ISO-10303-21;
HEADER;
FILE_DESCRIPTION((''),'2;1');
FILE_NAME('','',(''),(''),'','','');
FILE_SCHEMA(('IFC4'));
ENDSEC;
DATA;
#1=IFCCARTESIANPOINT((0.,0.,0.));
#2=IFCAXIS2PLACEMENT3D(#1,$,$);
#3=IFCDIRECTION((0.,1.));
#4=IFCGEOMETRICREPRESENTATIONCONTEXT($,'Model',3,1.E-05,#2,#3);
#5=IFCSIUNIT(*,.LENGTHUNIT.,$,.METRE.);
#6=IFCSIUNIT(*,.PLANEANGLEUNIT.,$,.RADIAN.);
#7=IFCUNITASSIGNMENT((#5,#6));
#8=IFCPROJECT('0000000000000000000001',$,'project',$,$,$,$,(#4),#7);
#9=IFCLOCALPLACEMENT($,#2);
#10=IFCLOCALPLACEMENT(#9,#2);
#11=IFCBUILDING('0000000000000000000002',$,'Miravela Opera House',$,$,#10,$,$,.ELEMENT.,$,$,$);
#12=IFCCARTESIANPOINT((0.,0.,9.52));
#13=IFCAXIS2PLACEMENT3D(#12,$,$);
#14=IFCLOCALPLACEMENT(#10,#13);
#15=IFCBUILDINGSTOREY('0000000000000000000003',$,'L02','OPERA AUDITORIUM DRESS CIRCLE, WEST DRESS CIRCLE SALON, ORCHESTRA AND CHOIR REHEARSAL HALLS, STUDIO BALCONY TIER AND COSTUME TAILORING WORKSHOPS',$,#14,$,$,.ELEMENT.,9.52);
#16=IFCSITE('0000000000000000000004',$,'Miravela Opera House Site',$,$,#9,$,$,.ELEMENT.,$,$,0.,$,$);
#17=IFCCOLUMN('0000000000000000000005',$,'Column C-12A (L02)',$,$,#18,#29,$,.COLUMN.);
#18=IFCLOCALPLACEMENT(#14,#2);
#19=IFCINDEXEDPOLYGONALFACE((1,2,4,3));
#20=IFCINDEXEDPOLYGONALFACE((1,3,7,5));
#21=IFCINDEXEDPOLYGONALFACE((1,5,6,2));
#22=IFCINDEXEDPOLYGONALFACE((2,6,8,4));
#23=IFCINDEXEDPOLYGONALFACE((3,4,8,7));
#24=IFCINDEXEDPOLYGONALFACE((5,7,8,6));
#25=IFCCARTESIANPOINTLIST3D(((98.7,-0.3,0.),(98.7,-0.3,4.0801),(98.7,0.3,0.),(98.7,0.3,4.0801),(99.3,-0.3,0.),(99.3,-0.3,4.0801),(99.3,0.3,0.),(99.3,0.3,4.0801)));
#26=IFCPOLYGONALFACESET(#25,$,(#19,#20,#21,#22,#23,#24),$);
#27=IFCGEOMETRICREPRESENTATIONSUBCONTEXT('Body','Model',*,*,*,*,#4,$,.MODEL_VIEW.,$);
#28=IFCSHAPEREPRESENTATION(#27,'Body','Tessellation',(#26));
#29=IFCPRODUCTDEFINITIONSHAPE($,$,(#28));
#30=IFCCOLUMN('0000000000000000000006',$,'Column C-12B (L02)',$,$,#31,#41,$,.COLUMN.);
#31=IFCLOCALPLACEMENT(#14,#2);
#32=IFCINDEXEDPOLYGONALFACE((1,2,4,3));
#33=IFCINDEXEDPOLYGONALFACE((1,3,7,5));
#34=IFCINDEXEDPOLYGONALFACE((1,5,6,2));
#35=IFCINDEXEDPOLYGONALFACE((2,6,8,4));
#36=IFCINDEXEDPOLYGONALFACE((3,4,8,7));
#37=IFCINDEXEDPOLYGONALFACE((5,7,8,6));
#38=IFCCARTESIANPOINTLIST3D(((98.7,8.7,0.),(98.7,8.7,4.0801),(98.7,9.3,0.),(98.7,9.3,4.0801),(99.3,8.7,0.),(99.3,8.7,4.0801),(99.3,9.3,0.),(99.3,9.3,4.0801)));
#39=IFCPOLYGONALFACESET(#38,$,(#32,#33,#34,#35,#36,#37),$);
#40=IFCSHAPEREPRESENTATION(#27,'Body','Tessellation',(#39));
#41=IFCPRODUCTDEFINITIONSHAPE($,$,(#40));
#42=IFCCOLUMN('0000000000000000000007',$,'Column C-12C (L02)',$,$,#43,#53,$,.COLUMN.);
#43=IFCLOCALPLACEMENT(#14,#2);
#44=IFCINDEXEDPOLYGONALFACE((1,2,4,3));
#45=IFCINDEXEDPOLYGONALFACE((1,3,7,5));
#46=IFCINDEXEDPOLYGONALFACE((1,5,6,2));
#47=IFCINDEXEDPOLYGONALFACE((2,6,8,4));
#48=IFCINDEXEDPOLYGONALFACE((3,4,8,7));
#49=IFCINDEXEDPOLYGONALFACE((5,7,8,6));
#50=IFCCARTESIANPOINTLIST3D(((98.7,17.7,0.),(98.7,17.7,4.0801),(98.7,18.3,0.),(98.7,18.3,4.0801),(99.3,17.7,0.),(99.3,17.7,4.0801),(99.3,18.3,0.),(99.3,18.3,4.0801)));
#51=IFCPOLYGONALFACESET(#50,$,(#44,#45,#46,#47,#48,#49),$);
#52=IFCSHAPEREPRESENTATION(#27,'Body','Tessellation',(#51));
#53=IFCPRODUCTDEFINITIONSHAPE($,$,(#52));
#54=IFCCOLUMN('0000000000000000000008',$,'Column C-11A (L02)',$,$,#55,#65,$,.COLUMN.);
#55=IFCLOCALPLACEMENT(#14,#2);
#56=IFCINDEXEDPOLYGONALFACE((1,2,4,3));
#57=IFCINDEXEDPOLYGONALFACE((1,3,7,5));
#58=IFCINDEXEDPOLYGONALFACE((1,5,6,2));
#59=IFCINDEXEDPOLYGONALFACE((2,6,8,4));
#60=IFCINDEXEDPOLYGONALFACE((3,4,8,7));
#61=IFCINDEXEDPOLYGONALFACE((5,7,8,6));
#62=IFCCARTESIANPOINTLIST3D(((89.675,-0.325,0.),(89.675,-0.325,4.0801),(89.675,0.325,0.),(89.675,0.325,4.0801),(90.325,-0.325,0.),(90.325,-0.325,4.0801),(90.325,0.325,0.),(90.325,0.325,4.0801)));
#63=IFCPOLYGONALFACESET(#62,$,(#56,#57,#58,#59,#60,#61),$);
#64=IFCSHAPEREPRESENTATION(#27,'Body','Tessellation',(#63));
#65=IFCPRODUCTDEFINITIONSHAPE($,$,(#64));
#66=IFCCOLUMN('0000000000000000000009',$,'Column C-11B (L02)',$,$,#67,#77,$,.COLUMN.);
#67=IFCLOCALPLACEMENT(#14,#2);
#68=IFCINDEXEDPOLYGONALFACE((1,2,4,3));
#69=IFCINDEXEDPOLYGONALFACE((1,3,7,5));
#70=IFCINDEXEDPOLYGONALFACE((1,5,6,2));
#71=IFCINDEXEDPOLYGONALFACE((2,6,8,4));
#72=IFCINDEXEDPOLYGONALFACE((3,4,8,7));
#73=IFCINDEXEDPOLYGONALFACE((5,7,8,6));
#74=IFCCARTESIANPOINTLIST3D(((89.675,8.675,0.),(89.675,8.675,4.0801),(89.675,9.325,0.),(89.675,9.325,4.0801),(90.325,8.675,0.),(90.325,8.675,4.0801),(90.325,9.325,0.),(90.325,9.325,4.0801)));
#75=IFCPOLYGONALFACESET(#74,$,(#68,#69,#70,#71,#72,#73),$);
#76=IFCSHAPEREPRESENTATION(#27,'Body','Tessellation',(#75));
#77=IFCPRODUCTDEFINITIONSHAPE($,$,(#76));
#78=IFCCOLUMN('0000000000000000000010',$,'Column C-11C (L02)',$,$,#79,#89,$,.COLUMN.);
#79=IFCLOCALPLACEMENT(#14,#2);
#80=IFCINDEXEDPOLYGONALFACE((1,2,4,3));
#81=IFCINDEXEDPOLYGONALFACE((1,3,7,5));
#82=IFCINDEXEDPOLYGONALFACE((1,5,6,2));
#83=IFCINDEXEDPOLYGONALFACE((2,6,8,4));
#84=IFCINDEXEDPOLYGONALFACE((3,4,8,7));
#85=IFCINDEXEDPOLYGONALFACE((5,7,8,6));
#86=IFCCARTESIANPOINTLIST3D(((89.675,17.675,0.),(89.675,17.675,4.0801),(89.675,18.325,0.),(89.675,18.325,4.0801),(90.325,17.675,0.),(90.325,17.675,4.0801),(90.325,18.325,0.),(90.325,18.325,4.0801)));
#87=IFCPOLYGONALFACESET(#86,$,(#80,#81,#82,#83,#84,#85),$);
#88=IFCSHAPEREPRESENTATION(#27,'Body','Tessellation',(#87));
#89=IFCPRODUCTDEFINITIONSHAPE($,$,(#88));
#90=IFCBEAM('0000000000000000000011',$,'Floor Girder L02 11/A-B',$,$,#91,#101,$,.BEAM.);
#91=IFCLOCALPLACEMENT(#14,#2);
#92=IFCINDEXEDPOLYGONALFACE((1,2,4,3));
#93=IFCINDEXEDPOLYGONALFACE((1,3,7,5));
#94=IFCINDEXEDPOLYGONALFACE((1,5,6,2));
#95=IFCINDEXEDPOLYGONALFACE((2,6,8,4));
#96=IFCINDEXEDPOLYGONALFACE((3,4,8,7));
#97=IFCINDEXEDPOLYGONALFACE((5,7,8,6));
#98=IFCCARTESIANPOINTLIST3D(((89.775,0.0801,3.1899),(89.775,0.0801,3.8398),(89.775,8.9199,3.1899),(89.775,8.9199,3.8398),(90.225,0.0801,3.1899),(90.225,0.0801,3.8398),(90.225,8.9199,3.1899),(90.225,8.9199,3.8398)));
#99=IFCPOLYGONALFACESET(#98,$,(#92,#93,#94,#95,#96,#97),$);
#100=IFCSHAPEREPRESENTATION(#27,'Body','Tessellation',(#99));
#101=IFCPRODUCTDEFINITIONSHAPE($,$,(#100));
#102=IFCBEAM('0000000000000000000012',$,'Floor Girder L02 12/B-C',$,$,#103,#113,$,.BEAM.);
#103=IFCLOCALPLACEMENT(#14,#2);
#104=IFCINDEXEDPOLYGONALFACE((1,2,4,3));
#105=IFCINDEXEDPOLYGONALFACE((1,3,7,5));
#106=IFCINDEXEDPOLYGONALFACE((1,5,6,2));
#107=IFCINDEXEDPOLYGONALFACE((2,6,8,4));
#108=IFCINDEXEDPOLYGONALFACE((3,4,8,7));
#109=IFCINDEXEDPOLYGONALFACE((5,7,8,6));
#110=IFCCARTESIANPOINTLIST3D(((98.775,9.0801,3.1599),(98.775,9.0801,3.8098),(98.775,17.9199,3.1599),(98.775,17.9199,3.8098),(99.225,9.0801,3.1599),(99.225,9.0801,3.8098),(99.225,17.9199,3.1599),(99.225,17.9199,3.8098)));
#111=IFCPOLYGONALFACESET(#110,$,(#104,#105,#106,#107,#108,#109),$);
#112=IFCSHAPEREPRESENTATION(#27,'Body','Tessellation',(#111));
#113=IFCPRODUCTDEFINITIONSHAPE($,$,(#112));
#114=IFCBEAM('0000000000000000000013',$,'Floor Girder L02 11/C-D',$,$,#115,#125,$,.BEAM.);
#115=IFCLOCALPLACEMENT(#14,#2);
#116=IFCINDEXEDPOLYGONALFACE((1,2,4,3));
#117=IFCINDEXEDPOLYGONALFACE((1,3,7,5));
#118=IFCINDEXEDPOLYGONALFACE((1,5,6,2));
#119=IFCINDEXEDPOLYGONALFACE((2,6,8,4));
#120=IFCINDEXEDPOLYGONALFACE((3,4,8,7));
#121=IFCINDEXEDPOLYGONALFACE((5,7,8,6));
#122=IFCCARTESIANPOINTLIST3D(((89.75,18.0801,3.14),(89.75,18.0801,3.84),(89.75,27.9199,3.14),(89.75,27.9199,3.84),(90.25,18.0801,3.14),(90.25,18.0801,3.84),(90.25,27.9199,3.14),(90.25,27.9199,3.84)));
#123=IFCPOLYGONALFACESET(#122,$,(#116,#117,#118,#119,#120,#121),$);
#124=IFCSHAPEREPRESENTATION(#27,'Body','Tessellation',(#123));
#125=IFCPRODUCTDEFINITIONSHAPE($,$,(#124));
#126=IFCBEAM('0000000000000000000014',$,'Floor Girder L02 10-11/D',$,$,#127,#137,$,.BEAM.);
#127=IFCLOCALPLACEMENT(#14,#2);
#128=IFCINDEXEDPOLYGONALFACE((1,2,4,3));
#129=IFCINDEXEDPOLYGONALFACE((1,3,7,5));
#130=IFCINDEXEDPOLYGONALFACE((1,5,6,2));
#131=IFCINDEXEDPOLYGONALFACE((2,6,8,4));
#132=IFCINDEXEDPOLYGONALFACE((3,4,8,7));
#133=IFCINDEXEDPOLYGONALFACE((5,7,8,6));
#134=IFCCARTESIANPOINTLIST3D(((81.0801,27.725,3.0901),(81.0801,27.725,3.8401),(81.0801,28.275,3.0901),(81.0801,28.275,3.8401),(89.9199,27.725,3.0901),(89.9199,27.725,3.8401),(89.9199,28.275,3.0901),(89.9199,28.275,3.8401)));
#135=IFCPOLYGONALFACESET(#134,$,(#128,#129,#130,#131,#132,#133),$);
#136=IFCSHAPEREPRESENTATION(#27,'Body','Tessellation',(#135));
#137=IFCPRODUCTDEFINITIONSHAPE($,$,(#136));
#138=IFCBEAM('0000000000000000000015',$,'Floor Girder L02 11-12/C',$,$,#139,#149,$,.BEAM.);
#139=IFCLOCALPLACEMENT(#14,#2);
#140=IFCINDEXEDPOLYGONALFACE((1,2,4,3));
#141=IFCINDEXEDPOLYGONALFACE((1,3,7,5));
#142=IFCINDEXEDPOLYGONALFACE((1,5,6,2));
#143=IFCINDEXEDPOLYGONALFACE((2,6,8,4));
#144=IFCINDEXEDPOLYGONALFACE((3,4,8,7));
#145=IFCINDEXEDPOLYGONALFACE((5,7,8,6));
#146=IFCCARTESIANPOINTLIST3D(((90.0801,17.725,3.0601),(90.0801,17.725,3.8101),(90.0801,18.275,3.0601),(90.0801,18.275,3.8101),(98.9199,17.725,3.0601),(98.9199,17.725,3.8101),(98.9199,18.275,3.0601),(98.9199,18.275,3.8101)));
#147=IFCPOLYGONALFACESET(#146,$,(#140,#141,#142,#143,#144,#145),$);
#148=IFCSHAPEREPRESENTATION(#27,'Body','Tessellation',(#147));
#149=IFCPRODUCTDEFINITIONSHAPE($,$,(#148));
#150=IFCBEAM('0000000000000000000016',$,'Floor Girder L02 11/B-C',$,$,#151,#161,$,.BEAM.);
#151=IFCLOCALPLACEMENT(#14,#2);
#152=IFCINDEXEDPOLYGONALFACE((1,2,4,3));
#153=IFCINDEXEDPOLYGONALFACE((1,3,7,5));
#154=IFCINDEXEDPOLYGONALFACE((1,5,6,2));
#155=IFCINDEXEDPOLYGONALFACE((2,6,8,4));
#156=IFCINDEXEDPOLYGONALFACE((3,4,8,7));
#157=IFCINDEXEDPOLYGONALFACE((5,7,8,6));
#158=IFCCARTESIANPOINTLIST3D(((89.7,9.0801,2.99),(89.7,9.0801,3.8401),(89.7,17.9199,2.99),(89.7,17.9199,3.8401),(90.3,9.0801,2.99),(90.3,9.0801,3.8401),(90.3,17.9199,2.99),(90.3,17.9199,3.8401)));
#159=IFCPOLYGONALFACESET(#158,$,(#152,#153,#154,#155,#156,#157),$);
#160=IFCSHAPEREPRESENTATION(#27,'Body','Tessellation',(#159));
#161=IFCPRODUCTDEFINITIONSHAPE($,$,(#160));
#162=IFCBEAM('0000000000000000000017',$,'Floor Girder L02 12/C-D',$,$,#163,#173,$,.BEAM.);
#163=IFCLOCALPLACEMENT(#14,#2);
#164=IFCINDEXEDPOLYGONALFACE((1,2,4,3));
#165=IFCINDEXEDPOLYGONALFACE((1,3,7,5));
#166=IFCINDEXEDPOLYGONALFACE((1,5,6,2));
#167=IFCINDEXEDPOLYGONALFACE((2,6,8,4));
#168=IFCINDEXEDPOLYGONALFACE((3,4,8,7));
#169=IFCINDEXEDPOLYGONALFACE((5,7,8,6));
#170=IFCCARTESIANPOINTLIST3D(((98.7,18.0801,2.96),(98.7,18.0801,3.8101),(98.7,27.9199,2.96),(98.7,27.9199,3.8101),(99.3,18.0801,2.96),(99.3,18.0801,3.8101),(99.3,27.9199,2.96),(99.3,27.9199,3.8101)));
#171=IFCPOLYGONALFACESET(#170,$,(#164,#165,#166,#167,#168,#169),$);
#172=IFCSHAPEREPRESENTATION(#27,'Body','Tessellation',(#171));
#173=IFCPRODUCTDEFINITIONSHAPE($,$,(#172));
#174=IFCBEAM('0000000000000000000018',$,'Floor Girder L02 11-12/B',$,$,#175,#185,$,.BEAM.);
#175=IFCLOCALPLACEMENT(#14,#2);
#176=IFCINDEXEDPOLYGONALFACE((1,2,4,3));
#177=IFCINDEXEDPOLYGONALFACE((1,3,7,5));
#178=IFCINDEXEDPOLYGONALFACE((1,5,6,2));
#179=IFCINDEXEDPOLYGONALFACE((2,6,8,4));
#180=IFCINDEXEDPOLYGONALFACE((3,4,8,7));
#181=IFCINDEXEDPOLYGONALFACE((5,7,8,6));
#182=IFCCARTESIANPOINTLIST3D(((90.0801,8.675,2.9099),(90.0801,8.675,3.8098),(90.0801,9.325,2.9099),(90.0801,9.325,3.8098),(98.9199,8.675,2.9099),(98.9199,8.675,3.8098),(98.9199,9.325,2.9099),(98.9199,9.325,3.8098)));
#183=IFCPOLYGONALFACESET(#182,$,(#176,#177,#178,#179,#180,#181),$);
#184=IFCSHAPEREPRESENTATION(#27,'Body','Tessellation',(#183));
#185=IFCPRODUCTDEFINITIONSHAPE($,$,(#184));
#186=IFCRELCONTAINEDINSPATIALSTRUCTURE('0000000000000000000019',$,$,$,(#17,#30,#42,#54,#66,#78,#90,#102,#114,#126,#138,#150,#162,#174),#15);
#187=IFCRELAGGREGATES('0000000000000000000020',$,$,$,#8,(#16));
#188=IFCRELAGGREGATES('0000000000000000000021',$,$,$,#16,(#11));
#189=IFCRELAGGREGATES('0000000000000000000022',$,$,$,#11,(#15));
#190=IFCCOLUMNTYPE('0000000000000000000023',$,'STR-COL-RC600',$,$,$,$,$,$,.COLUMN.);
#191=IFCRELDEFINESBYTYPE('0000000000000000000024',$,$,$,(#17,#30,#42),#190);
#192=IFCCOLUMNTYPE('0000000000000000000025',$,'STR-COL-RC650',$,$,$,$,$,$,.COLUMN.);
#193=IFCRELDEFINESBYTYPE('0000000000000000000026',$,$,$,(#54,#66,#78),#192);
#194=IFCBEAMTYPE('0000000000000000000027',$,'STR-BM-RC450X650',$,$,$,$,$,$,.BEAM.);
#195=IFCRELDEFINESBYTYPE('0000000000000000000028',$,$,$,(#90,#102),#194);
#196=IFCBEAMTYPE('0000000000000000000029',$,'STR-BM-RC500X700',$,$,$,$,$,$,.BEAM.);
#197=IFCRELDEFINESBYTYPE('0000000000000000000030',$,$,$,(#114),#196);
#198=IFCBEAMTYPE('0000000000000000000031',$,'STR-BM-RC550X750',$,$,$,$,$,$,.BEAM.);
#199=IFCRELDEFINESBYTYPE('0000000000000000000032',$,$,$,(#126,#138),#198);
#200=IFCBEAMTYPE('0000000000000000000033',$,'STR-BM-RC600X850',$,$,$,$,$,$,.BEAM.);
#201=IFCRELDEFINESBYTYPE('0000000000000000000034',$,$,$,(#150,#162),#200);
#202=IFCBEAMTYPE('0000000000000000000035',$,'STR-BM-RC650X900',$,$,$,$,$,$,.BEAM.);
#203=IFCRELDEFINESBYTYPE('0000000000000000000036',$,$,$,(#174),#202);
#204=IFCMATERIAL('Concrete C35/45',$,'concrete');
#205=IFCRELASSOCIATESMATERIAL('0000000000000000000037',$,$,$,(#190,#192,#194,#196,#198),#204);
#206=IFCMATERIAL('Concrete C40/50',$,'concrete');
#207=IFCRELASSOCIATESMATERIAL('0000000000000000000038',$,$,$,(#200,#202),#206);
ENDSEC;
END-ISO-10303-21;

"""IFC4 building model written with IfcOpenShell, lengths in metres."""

from ifc_helpers import new_model, si_unit, direction, frame, origin, origin_2d, place, context, subcontext, project, spatial, rectangle, extrude, material, material_profile, profile_set, type_object, element, save


model = new_model("IFC4")

# Units and contexts
model_context = context("Model", 3, precision=1e-05, world=origin(), true_north=direction((0.0, 1.0)))
body_context = subcontext(model_context, "Body", "Model", "MODEL_VIEW")
ifc_project = project(units=[si_unit("LENGTHUNIT", "METRE"), si_unit("PLANEANGLEUNIT", "RADIAN")], contexts=[model_context])

# Site, building, storey
site_placement = place(None, origin())
site = spatial("IfcSite", under=ifc_project, at=site_placement, Name="Miravela Opera House Site", CompositionType="ELEMENT", RefElevation=0.0)
building_placement = place(site_placement, origin())
building = spatial("IfcBuilding", under=site, at=building_placement, Name="Miravela Opera House", CompositionType="ELEMENT")
storey_placement = place(building_placement, frame((0.0, 0.0, 9.52)))
storey = spatial("IfcBuildingStorey", under=building, at=storey_placement, Name="L02", Description="OPERA AUDITORIUM DRESS CIRCLE, WEST DRESS CIRCLE SALON, ORCHESTRA AND CHOIR REHEARSAL HALLS, STUDIO BALCONY TIER AND COSTUME TAILORING WORKSHOPS", CompositionType="ELEMENT", Elevation=9.52)

# Columns
ifc_material_1 = material(Name="Concrete C35/45", Category="concrete")
ifc_material_profile_1 = material_profile(ifc_material_1, rectangle(XDim=0.6001, YDim=0.6001, at=origin_2d()), Name="RC-COL-600X600")
ifc_profile_set_1 = profile_set([ifc_material_profile_1])
column_type_1 = type_object("IfcColumnType", Name="STR-COL-RC600", PredefinedType="COLUMN", material=ifc_profile_set_1)
for number, where, z_axis, x_axis, name in (
    (1, (99.0, 0.0, 0.0), (0.0, 0.0, 1.0), (1.0, 0.0, 0.0), "Column C-12A (L02)"),
    (2, (99.0, 9.0, 0.0), (0.0, 0.0, 1.0), (1.0, 0.0, 0.0), "Column C-12B (L02)"),
    (3, (99.0, 18.0, 0.0), (0.0, 0.0, 1.0), (1.0, 0.0, 0.0), "Column C-12C (L02)"),
):
    element("IfcColumn", number, at=place(storey_placement, frame(where, z_axis=z_axis, x_axis=x_axis)), inside=storey, type_object=column_type_1, Name=name, PredefinedType="COLUMN", context=body_context, shape_type="SweptSolid", body=[
        extrude(rectangle(XDim=0.6001, YDim=0.6001, at=origin_2d()), origin(), (0.0, 0.0, 1.0), 4.0801),
    ])
ifc_material_profile_2 = material_profile(ifc_material_1, rectangle(XDim=0.6499, YDim=0.6499, at=origin_2d()), Name="RC-COL-650X650")
ifc_profile_set_2 = profile_set([ifc_material_profile_2])
column_type_2 = type_object("IfcColumnType", Name="STR-COL-RC650", PredefinedType="COLUMN", material=ifc_profile_set_2)
for number, where, z_axis, x_axis, name in (
    (4, (90.0, 0.0, 0.0), (0.0, 0.0, 1.0), (1.0, 0.0, 0.0), "Column C-11A (L02)"),
    (5, (90.0, 9.0, 0.0), (0.0, 0.0, 1.0), (1.0, 0.0, 0.0), "Column C-11B (L02)"),
    (6, (90.0, 18.0, 0.0), (0.0, 0.0, 1.0), (1.0, 0.0, 0.0), "Column C-11C (L02)"),
):
    element("IfcColumn", number, at=place(storey_placement, frame(where, z_axis=z_axis, x_axis=x_axis)), inside=storey, type_object=column_type_2, Name=name, PredefinedType="COLUMN", context=body_context, shape_type="SweptSolid", body=[
        extrude(rectangle(XDim=0.6499, YDim=0.6499, at=origin_2d()), origin(), (0.0, 0.0, 1.0), 4.0801),
    ])

# Beams
ifc_material_profile_3 = material_profile(ifc_material_1, rectangle(XDim=0.45, YDim=0.6499, at=origin_2d()), Name="RC-BM-450X650")
ifc_profile_set_3 = profile_set([ifc_material_profile_3])
beam_type_1 = type_object("IfcBeamType", Name="STR-BM-RC450X650", PredefinedType="BEAM", material=ifc_profile_set_3)
for number, where, z_axis, x_axis, name in (
    (7, (90.0, 0.0801, 3.5149), (0.0, 1.0, 0.0), (-1.0, 0.0, 0.0), "Floor Girder L02 11/A-B"),
    (8, (99.0, 9.0801, 3.4849), (0.0, 1.0, 0.0), (-1.0, 0.0, 0.0), "Floor Girder L02 12/B-C"),
):
    element("IfcBeam", number, at=place(storey_placement, frame(where, z_axis=z_axis, x_axis=x_axis)), inside=storey, type_object=beam_type_1, Name=name, PredefinedType="BEAM", context=body_context, shape_type="SweptSolid", body=[
        extrude(rectangle(XDim=0.45, YDim=0.6499, at=origin_2d()), origin(), (0.0, 0.0, 1.0), 8.8398),
    ])
ifc_material_profile_4 = material_profile(ifc_material_1, rectangle(XDim=0.5, YDim=0.7, at=origin_2d()), Name="RC-BM-500X700")
ifc_profile_set_4 = profile_set([ifc_material_profile_4])
beam_type_2 = type_object("IfcBeamType", Name="STR-BM-RC500X700", PredefinedType="BEAM", material=ifc_profile_set_4)
beam_1_placement = place(storey_placement, frame((90.0, 18.0801, 3.49), z_axis=(0.0, 1.0, 0.0), x_axis=(-1.0, 0.0, 0.0)))
element("IfcBeam", 9, at=beam_1_placement, inside=storey, type_object=beam_type_2, Name="Floor Girder L02 11/C-D", PredefinedType="BEAM", context=body_context, shape_type="SweptSolid", body=[
    extrude(rectangle(XDim=0.5, YDim=0.7, at=origin_2d()), origin(), (0.0, 0.0, 1.0), 9.8398),
])
ifc_material_profile_5 = material_profile(ifc_material_1, rectangle(XDim=0.55, YDim=0.75, at=origin_2d()), Name="RC-BM-550X750")
ifc_profile_set_5 = profile_set([ifc_material_profile_5])
beam_type_3 = type_object("IfcBeamType", Name="STR-BM-RC550X750", PredefinedType="BEAM", material=ifc_profile_set_5)
for number, where, z_axis, x_axis, name in (
    (10, (81.0801, 28.0, 3.4651), (1.0, 0.0, 0.0), (0.0, 1.0, 0.0), "Floor Girder L02 10-11/D"),
    (11, (90.0801, 18.0, 3.4351), (1.0, 0.0, 0.0), (0.0, 1.0, 0.0), "Floor Girder L02 11-12/C"),
):
    element("IfcBeam", number, at=place(storey_placement, frame(where, z_axis=z_axis, x_axis=x_axis)), inside=storey, type_object=beam_type_3, Name=name, PredefinedType="BEAM", context=body_context, shape_type="SweptSolid", body=[
        extrude(rectangle(XDim=0.55, YDim=0.75, at=origin_2d()), origin(), (0.0, 0.0, 1.0), 8.8398),
    ])
ifc_material_2 = material(Name="Concrete C40/50", Category="concrete")
ifc_material_profile_6 = material_profile(ifc_material_2, rectangle(XDim=0.6001, YDim=0.8501, at=origin_2d()), Name="RC-BM-600X850")
ifc_profile_set_6 = profile_set([ifc_material_profile_6])
beam_type_4 = type_object("IfcBeamType", Name="STR-BM-RC600X850", PredefinedType="BEAM", material=ifc_profile_set_6)
beam_2_placement = place(storey_placement, frame((90.0, 9.0801, 3.415), z_axis=(0.0, 1.0, 0.0), x_axis=(-1.0, 0.0, 0.0)))
element("IfcBeam", 12, at=beam_2_placement, inside=storey, type_object=beam_type_4, Name="Floor Girder L02 11/B-C", PredefinedType="BEAM", context=body_context, shape_type="SweptSolid", body=[
    extrude(rectangle(XDim=0.6001, YDim=0.8501, at=origin_2d()), origin(), (0.0, 0.0, 1.0), 8.8398),
])
beam_3_placement = place(storey_placement, frame((99.0, 18.0801, 3.385), z_axis=(0.0, 1.0, 0.0), x_axis=(-1.0, 0.0, 0.0)))
element("IfcBeam", 13, at=beam_3_placement, inside=storey, type_object=beam_type_4, Name="Floor Girder L02 12/C-D", PredefinedType="BEAM", context=body_context, shape_type="SweptSolid", body=[
    extrude(rectangle(XDim=0.6001, YDim=0.8501, at=origin_2d()), origin(), (0.0, 0.0, 1.0), 9.8398),
])
ifc_material_profile_7 = material_profile(ifc_material_2, rectangle(XDim=0.6499, YDim=0.8999, at=origin_2d()), Name="RC-BM-650X900")
ifc_profile_set_7 = profile_set([ifc_material_profile_7])
beam_type_5 = type_object("IfcBeamType", Name="STR-BM-RC650X900", PredefinedType="BEAM", material=ifc_profile_set_7)
beam_4_placement = place(storey_placement, frame((90.0801, 9.0, 3.3599), z_axis=(1.0, 0.0, 0.0), x_axis=(0.0, 1.0, 0.0)))
element("IfcBeam", 14, at=beam_4_placement, inside=storey, type_object=beam_type_5, Name="Floor Girder L02 11-12/B", PredefinedType="BEAM", context=body_context, shape_type="SweptSolid", body=[
    extrude(rectangle(XDim=0.6499, YDim=0.8999, at=origin_2d()), origin(), (0.0, 0.0, 1.0), 8.8398),
])

save(model, "model.ifc")
